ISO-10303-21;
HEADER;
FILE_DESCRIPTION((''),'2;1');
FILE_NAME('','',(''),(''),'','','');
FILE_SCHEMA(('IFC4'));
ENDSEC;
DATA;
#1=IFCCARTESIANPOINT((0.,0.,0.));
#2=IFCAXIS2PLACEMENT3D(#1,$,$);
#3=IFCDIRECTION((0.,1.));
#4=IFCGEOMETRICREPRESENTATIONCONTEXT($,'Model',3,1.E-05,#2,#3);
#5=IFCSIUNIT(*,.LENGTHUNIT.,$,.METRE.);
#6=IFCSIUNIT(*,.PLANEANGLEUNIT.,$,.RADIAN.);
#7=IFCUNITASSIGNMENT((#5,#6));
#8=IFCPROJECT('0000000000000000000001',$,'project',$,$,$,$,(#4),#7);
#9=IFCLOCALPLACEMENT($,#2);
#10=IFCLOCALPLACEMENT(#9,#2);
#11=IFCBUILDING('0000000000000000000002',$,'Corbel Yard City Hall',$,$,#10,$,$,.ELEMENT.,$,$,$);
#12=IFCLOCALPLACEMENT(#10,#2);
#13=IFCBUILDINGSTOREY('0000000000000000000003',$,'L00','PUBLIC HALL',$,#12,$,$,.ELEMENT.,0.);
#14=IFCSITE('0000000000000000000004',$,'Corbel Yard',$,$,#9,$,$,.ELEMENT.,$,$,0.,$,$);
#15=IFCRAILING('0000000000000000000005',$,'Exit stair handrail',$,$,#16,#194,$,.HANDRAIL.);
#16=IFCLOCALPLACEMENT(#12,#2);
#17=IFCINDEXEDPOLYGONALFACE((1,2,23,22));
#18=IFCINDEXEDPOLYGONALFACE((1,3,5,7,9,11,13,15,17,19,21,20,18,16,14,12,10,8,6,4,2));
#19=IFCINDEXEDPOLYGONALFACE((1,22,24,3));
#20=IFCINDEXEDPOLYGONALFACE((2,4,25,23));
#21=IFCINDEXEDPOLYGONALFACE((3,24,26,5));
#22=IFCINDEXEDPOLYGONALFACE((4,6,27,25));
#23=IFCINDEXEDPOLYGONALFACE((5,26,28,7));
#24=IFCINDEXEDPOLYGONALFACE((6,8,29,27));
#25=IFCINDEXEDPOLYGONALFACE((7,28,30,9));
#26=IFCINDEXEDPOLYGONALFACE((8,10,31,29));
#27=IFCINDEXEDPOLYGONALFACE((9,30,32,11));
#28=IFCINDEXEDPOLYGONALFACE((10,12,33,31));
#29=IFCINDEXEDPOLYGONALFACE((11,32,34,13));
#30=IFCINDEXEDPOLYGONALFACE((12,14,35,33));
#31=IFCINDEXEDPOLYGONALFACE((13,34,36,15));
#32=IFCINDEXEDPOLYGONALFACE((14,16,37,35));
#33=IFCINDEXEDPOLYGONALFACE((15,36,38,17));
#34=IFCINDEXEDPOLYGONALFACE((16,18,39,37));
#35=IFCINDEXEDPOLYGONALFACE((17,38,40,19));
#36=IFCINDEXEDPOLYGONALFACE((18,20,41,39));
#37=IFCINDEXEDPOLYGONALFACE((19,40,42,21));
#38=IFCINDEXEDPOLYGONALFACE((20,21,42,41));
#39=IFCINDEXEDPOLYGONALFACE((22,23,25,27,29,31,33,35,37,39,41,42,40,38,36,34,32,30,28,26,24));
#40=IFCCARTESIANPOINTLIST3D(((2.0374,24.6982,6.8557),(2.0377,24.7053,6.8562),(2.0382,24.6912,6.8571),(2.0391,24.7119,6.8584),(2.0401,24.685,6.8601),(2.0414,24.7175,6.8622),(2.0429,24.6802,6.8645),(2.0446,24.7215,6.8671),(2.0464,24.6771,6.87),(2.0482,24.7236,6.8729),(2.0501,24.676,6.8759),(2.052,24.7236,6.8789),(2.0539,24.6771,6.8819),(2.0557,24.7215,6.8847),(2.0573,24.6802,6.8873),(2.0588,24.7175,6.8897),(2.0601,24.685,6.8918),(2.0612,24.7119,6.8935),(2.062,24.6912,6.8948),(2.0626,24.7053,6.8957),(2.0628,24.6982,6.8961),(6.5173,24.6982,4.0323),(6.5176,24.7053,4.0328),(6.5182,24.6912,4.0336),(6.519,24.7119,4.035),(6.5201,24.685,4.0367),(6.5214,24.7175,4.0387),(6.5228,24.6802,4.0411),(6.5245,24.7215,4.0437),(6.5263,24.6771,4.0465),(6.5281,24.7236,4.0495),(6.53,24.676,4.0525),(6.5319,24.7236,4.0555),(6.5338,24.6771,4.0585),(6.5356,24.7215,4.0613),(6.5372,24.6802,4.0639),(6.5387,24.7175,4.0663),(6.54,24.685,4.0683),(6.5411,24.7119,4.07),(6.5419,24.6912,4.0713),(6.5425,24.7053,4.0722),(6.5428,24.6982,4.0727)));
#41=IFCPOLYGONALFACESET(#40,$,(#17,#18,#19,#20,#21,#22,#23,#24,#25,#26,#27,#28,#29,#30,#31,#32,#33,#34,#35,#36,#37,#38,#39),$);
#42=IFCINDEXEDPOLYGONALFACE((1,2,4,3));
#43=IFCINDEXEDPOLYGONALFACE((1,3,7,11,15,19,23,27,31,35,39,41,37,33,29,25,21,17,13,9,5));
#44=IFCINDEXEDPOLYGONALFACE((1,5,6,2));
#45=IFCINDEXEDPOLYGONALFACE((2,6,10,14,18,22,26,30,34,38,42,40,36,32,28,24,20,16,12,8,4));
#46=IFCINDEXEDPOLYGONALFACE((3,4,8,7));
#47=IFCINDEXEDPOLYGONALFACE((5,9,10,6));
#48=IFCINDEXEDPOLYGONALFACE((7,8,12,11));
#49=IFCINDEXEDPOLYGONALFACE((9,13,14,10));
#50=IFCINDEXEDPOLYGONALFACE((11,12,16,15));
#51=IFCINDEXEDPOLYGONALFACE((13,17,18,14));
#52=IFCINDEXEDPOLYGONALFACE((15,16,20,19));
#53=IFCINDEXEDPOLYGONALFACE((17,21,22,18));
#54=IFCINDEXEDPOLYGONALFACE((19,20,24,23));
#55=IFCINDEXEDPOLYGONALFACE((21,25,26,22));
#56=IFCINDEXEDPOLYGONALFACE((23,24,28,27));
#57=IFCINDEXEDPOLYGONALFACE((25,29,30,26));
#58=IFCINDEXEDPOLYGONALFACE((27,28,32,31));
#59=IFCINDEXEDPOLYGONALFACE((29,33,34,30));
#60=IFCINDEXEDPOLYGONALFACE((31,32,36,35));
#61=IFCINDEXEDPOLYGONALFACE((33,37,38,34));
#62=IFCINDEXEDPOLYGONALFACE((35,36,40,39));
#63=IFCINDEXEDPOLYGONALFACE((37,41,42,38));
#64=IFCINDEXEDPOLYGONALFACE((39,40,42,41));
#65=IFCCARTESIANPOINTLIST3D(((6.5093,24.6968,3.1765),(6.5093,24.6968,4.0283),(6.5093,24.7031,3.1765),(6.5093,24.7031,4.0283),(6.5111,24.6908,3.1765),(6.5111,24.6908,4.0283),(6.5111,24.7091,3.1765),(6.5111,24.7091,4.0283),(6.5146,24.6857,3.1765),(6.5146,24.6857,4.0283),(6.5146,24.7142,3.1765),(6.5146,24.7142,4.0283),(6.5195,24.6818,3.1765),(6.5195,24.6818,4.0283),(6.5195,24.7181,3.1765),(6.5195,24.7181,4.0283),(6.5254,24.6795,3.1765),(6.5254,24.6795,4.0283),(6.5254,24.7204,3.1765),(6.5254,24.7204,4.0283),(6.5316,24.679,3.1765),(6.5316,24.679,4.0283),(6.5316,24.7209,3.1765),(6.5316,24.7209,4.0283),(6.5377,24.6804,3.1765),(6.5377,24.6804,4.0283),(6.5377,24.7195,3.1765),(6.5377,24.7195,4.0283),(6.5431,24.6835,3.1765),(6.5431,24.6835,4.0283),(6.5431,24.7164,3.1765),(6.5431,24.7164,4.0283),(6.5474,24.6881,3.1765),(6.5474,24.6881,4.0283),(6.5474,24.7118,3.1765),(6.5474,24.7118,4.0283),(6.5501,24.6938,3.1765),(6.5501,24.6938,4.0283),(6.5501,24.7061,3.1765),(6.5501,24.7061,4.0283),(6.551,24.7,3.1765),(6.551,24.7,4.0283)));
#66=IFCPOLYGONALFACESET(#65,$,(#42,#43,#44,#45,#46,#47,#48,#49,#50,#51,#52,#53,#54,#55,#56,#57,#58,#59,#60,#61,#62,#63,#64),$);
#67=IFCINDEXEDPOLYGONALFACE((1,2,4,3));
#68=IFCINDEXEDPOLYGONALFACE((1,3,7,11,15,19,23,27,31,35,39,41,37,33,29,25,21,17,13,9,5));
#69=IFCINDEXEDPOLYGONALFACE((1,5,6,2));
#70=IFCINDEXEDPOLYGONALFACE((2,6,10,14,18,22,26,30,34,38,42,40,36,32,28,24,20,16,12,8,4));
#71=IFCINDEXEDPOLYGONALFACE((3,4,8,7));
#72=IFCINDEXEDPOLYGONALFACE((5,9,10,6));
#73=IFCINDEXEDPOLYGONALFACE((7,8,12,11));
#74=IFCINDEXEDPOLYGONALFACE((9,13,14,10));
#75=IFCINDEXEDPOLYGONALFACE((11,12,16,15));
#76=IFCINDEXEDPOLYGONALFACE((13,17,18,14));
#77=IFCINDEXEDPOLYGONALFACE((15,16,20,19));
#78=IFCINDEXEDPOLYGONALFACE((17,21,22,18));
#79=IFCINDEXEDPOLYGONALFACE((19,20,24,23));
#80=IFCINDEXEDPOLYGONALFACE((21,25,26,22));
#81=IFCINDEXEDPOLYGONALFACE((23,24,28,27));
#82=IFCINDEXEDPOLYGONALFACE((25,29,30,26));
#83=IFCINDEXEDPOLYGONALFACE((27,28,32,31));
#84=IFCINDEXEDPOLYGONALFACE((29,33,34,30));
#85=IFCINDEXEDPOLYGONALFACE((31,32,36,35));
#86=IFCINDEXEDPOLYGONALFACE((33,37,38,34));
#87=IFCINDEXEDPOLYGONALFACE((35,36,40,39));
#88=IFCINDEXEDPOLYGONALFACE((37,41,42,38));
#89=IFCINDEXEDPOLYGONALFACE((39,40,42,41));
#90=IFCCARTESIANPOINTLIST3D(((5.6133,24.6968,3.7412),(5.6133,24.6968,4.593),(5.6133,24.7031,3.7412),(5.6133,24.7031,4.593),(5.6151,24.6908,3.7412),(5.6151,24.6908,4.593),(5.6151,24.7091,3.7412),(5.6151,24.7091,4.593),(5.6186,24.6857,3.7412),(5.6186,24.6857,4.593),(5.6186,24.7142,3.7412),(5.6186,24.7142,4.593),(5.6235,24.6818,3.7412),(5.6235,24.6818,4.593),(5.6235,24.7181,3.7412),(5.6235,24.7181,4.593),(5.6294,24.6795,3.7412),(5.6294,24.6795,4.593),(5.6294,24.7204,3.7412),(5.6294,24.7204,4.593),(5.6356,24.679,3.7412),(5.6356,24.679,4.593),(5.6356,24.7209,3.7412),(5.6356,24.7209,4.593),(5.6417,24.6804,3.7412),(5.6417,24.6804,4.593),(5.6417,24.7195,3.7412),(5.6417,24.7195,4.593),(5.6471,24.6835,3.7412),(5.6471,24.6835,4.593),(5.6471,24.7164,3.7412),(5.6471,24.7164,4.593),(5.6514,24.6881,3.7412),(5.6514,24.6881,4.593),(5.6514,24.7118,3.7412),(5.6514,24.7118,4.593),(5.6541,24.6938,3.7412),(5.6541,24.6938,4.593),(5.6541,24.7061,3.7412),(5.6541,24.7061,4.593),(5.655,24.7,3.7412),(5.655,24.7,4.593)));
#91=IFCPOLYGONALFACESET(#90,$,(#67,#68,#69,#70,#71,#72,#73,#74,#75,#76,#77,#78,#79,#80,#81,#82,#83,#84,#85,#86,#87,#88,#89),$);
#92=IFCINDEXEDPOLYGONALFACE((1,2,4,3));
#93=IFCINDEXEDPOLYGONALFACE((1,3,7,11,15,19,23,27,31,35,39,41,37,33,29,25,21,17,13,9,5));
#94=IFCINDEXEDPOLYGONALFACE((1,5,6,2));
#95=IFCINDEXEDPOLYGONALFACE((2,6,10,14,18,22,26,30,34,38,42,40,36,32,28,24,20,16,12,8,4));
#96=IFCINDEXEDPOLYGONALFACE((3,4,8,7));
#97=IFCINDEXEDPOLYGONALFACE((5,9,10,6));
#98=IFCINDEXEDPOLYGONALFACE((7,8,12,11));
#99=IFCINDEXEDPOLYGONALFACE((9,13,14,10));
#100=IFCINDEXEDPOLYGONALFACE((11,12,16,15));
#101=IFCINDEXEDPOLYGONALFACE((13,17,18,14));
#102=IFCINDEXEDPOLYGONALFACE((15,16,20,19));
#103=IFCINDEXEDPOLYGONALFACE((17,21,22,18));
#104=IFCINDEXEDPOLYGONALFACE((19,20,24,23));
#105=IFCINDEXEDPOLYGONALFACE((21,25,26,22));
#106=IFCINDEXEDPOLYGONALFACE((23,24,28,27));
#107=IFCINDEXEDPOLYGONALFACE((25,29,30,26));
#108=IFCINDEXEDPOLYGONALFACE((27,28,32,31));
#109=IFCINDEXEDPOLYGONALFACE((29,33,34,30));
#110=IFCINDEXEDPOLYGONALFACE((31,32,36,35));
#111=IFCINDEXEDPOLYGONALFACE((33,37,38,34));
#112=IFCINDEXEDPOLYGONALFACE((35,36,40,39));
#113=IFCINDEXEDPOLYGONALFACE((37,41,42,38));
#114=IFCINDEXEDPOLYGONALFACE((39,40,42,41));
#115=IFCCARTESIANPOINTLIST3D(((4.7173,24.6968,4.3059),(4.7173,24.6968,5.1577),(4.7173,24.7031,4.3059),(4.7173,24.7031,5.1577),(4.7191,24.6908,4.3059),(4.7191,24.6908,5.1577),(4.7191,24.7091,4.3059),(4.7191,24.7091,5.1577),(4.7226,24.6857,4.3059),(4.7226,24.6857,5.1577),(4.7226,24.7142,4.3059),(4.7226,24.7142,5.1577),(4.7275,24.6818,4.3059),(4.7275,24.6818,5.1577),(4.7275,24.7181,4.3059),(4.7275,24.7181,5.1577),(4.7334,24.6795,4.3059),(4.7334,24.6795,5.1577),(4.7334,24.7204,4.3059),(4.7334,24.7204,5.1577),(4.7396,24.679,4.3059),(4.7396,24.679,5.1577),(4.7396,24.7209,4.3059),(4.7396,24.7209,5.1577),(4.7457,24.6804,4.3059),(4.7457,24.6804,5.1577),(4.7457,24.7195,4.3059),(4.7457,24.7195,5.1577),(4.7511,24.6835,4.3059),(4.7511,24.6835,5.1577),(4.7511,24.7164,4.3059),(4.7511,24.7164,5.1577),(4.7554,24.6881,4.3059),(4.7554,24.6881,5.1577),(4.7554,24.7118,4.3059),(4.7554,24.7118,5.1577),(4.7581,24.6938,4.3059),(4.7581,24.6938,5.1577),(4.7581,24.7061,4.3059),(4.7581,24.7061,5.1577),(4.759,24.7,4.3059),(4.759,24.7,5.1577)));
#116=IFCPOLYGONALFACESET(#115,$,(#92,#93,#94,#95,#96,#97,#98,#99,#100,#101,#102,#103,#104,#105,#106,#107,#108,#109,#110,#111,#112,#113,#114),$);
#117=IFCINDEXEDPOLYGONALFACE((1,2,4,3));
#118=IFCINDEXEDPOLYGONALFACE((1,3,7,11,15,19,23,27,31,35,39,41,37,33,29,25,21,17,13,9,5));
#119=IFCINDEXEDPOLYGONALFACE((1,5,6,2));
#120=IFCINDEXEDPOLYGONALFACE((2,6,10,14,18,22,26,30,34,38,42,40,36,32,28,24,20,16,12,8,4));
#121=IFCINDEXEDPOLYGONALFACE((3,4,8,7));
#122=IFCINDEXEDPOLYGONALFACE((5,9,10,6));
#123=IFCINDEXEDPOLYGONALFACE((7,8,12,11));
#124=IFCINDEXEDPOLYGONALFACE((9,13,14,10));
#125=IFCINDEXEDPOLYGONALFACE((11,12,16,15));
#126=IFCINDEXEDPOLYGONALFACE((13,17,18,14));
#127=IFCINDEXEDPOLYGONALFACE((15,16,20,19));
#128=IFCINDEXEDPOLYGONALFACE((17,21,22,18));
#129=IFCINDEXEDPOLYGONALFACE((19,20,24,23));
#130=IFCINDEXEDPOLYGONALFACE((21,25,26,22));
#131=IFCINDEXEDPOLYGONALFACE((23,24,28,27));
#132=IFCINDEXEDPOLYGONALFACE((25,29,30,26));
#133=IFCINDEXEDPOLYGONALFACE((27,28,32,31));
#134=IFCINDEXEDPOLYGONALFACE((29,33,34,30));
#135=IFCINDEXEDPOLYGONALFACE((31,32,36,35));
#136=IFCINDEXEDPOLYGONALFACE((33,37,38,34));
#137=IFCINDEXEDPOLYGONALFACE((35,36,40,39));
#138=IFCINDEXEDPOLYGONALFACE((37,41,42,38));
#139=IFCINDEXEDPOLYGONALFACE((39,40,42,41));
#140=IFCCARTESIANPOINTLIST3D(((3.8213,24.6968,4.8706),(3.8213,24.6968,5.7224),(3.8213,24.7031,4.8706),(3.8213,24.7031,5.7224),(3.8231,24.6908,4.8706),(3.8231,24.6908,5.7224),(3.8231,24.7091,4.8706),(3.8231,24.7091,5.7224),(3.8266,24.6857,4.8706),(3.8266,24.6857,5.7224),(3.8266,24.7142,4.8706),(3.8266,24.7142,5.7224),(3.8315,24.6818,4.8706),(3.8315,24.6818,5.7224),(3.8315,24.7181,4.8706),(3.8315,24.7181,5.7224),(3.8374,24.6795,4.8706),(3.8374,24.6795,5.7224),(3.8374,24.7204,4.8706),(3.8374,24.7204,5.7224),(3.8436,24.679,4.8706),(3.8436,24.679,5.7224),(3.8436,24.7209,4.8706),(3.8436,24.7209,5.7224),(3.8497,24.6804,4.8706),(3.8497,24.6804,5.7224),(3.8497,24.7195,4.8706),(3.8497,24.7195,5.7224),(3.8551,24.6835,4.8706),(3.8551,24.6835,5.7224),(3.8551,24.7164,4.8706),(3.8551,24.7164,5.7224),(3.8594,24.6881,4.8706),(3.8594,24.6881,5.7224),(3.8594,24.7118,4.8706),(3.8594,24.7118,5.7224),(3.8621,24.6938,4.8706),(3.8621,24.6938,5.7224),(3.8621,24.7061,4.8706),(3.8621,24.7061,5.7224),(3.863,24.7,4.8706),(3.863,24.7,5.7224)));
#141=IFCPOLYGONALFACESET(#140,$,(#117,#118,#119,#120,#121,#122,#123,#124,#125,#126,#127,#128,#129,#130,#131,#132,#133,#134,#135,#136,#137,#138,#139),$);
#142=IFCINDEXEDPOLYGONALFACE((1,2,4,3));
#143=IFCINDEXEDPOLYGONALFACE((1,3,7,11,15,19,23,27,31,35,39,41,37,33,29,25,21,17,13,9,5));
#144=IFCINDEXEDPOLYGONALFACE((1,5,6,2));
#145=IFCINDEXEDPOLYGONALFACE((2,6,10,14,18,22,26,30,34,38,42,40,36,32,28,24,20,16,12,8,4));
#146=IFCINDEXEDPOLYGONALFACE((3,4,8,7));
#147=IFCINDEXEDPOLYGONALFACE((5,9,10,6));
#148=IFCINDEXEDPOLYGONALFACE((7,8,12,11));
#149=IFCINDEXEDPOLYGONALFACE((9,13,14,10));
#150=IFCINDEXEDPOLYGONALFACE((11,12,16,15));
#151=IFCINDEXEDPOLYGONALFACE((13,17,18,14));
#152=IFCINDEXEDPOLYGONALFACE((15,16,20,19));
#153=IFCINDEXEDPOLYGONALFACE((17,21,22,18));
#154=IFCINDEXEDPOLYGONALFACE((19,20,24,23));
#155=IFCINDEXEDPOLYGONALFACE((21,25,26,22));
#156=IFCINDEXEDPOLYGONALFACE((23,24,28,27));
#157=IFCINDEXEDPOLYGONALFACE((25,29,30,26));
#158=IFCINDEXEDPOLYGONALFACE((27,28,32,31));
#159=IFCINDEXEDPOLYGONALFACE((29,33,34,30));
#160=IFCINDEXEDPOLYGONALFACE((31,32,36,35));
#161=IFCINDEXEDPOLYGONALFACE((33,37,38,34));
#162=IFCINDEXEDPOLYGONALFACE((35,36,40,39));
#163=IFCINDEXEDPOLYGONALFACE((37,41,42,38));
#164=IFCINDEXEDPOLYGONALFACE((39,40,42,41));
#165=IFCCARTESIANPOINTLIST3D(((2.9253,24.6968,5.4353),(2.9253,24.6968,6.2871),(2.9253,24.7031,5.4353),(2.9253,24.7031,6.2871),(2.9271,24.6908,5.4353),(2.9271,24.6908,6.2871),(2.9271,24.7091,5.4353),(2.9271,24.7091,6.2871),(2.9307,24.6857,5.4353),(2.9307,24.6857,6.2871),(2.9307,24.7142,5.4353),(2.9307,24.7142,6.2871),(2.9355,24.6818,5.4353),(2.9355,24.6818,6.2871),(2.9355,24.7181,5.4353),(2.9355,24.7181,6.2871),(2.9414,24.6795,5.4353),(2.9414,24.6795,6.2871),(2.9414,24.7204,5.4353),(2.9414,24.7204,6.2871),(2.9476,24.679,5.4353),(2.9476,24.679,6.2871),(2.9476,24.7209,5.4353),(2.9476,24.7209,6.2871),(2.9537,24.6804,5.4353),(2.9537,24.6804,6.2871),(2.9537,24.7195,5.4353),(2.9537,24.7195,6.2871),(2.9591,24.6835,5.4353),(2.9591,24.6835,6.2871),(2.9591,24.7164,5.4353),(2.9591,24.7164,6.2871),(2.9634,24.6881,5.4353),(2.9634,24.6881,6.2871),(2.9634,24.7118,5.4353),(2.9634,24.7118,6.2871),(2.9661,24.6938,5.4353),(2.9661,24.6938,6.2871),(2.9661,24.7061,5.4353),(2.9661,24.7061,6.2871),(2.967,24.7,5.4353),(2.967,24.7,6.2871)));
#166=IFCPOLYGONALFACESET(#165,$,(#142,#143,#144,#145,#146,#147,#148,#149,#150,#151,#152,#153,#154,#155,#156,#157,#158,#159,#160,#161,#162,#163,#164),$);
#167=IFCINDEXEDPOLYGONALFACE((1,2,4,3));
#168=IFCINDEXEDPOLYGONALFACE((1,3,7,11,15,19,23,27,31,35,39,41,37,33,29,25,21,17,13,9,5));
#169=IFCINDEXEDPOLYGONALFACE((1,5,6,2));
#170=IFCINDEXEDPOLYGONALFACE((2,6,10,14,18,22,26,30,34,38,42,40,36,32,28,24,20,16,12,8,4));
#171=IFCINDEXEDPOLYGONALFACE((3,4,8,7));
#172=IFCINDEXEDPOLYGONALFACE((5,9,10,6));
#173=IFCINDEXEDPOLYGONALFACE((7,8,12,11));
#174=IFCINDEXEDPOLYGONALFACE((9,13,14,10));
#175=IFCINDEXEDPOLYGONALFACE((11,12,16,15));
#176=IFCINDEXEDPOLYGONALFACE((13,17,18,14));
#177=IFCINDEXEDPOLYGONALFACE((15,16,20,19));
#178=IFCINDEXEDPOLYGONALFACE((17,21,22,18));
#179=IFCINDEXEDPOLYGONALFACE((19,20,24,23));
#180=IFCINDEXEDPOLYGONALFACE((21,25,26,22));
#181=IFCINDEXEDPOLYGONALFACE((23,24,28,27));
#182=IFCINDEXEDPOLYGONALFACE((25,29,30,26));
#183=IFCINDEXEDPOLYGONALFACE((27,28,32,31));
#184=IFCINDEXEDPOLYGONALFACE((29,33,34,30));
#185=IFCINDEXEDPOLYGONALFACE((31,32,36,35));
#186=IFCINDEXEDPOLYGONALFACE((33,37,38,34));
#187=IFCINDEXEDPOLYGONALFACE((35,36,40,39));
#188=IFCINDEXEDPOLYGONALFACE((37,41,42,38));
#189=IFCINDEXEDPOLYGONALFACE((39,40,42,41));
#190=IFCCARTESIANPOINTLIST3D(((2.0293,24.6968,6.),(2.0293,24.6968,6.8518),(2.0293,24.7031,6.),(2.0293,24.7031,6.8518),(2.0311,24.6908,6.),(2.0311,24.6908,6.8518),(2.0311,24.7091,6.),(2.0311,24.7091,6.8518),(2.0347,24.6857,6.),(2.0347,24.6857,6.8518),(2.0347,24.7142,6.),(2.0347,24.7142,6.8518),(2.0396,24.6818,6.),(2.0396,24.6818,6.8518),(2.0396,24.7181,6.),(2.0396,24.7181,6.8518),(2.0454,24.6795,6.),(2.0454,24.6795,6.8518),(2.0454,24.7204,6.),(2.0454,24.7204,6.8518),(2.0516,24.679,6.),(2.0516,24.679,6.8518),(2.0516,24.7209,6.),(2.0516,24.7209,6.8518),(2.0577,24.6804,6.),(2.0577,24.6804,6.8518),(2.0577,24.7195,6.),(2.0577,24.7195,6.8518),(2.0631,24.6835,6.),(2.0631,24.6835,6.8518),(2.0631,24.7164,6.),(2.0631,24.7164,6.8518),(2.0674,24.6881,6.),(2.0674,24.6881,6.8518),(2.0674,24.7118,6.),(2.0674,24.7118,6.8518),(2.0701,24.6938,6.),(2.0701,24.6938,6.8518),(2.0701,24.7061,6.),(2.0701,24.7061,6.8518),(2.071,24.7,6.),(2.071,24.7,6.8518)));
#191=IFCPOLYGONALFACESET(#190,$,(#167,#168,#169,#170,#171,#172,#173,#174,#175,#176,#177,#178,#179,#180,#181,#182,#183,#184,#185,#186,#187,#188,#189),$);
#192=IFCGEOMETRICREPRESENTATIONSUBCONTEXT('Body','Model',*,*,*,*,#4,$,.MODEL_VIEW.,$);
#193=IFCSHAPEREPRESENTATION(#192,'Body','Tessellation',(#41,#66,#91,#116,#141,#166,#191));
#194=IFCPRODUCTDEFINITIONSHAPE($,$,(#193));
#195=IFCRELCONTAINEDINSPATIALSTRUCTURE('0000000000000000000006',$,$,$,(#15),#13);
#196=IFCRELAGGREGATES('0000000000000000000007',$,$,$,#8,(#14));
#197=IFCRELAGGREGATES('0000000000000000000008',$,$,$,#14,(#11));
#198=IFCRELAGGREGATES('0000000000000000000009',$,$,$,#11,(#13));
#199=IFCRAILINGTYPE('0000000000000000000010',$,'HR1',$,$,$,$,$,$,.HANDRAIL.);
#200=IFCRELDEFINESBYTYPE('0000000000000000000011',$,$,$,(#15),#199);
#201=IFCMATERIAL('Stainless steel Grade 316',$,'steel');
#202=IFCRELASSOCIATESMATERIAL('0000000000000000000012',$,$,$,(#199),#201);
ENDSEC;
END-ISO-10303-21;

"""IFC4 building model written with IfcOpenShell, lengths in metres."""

from ifc_helpers import new_model, si_unit, direction, frame, origin, origin_2d, place, context, subcontext, project, spatial, circle, extrude, material, type_object, element, save


model = new_model("IFC4")

# Units and contexts
model_context = context("Model", 3, precision=1e-05, world=origin(), true_north=direction((0.0, 1.0)))
body_context = subcontext(model_context, "Body", "Model", "MODEL_VIEW")
ifc_project = project(units=[si_unit("LENGTHUNIT", "METRE"), si_unit("PLANEANGLEUNIT", "RADIAN")], contexts=[model_context])

# Site, building, storey
site_placement = place(None, origin())
site = spatial("IfcSite", under=ifc_project, at=site_placement, Name="Corbel Yard", CompositionType="ELEMENT", RefElevation=0.0)
building_placement = place(site_placement, origin())
building = spatial("IfcBuilding", under=site, at=building_placement, Name="Corbel Yard City Hall", CompositionType="ELEMENT")
storey_placement = place(building_placement, origin())
storey = spatial("IfcBuildingStorey", under=building, at=storey_placement, Name="L00", Description="PUBLIC HALL", CompositionType="ELEMENT", Elevation=0.0)

# Railing
ifc_material_1 = material(Name="Stainless steel Grade 316", Category="steel")
railing_type = type_object("IfcRailingType", Name="HR1", PredefinedType="HANDRAIL", material=ifc_material_1)
railing_placement = place(storey_placement, frame((6.53, 24.7, 3.1765)))
element("IfcRailing", 1, at=railing_placement, inside=storey, type_object=railing_type, Name="Exit stair handrail", PredefinedType="HANDRAIL", context=body_context, shape_type="SweptSolid", body=[
    extrude(circle(Radius=0.0239, at=origin_2d()), frame((0.0, 0.0, 0.876), z_axis=(-0.845998, 0.0, 0.533186), x_axis=(0.0, -1.0, 0.0)), (0.0, 0.0, 1.0), 5.2954),
    extrude(circle(Radius=0.021, at=origin_2d()), origin(), (0.0, 0.0, 1.0), 0.8518),
    extrude(circle(Radius=0.021, at=origin_2d()), frame((-0.896, 0.0, 0.5647)), (0.0, 0.0, 1.0), 0.8518),
    extrude(circle(Radius=0.021, at=origin_2d()), frame((-1.792, 0.0, 1.1294)), (0.0, 0.0, 1.0), 0.8518),
    extrude(circle(Radius=0.021, at=origin_2d()), frame((-2.688, 0.0, 1.6941)), (0.0, 0.0, 1.0), 0.8518),
    extrude(circle(Radius=0.021, at=origin_2d()), frame((-3.584, 0.0, 2.2588)), (0.0, 0.0, 1.0), 0.8518),
    extrude(circle(Radius=0.021, at=origin_2d()), frame((-4.48, 0.0, 2.8235)), (0.0, 0.0, 1.0), 0.8518),
])

save(model, "model.ifc")
